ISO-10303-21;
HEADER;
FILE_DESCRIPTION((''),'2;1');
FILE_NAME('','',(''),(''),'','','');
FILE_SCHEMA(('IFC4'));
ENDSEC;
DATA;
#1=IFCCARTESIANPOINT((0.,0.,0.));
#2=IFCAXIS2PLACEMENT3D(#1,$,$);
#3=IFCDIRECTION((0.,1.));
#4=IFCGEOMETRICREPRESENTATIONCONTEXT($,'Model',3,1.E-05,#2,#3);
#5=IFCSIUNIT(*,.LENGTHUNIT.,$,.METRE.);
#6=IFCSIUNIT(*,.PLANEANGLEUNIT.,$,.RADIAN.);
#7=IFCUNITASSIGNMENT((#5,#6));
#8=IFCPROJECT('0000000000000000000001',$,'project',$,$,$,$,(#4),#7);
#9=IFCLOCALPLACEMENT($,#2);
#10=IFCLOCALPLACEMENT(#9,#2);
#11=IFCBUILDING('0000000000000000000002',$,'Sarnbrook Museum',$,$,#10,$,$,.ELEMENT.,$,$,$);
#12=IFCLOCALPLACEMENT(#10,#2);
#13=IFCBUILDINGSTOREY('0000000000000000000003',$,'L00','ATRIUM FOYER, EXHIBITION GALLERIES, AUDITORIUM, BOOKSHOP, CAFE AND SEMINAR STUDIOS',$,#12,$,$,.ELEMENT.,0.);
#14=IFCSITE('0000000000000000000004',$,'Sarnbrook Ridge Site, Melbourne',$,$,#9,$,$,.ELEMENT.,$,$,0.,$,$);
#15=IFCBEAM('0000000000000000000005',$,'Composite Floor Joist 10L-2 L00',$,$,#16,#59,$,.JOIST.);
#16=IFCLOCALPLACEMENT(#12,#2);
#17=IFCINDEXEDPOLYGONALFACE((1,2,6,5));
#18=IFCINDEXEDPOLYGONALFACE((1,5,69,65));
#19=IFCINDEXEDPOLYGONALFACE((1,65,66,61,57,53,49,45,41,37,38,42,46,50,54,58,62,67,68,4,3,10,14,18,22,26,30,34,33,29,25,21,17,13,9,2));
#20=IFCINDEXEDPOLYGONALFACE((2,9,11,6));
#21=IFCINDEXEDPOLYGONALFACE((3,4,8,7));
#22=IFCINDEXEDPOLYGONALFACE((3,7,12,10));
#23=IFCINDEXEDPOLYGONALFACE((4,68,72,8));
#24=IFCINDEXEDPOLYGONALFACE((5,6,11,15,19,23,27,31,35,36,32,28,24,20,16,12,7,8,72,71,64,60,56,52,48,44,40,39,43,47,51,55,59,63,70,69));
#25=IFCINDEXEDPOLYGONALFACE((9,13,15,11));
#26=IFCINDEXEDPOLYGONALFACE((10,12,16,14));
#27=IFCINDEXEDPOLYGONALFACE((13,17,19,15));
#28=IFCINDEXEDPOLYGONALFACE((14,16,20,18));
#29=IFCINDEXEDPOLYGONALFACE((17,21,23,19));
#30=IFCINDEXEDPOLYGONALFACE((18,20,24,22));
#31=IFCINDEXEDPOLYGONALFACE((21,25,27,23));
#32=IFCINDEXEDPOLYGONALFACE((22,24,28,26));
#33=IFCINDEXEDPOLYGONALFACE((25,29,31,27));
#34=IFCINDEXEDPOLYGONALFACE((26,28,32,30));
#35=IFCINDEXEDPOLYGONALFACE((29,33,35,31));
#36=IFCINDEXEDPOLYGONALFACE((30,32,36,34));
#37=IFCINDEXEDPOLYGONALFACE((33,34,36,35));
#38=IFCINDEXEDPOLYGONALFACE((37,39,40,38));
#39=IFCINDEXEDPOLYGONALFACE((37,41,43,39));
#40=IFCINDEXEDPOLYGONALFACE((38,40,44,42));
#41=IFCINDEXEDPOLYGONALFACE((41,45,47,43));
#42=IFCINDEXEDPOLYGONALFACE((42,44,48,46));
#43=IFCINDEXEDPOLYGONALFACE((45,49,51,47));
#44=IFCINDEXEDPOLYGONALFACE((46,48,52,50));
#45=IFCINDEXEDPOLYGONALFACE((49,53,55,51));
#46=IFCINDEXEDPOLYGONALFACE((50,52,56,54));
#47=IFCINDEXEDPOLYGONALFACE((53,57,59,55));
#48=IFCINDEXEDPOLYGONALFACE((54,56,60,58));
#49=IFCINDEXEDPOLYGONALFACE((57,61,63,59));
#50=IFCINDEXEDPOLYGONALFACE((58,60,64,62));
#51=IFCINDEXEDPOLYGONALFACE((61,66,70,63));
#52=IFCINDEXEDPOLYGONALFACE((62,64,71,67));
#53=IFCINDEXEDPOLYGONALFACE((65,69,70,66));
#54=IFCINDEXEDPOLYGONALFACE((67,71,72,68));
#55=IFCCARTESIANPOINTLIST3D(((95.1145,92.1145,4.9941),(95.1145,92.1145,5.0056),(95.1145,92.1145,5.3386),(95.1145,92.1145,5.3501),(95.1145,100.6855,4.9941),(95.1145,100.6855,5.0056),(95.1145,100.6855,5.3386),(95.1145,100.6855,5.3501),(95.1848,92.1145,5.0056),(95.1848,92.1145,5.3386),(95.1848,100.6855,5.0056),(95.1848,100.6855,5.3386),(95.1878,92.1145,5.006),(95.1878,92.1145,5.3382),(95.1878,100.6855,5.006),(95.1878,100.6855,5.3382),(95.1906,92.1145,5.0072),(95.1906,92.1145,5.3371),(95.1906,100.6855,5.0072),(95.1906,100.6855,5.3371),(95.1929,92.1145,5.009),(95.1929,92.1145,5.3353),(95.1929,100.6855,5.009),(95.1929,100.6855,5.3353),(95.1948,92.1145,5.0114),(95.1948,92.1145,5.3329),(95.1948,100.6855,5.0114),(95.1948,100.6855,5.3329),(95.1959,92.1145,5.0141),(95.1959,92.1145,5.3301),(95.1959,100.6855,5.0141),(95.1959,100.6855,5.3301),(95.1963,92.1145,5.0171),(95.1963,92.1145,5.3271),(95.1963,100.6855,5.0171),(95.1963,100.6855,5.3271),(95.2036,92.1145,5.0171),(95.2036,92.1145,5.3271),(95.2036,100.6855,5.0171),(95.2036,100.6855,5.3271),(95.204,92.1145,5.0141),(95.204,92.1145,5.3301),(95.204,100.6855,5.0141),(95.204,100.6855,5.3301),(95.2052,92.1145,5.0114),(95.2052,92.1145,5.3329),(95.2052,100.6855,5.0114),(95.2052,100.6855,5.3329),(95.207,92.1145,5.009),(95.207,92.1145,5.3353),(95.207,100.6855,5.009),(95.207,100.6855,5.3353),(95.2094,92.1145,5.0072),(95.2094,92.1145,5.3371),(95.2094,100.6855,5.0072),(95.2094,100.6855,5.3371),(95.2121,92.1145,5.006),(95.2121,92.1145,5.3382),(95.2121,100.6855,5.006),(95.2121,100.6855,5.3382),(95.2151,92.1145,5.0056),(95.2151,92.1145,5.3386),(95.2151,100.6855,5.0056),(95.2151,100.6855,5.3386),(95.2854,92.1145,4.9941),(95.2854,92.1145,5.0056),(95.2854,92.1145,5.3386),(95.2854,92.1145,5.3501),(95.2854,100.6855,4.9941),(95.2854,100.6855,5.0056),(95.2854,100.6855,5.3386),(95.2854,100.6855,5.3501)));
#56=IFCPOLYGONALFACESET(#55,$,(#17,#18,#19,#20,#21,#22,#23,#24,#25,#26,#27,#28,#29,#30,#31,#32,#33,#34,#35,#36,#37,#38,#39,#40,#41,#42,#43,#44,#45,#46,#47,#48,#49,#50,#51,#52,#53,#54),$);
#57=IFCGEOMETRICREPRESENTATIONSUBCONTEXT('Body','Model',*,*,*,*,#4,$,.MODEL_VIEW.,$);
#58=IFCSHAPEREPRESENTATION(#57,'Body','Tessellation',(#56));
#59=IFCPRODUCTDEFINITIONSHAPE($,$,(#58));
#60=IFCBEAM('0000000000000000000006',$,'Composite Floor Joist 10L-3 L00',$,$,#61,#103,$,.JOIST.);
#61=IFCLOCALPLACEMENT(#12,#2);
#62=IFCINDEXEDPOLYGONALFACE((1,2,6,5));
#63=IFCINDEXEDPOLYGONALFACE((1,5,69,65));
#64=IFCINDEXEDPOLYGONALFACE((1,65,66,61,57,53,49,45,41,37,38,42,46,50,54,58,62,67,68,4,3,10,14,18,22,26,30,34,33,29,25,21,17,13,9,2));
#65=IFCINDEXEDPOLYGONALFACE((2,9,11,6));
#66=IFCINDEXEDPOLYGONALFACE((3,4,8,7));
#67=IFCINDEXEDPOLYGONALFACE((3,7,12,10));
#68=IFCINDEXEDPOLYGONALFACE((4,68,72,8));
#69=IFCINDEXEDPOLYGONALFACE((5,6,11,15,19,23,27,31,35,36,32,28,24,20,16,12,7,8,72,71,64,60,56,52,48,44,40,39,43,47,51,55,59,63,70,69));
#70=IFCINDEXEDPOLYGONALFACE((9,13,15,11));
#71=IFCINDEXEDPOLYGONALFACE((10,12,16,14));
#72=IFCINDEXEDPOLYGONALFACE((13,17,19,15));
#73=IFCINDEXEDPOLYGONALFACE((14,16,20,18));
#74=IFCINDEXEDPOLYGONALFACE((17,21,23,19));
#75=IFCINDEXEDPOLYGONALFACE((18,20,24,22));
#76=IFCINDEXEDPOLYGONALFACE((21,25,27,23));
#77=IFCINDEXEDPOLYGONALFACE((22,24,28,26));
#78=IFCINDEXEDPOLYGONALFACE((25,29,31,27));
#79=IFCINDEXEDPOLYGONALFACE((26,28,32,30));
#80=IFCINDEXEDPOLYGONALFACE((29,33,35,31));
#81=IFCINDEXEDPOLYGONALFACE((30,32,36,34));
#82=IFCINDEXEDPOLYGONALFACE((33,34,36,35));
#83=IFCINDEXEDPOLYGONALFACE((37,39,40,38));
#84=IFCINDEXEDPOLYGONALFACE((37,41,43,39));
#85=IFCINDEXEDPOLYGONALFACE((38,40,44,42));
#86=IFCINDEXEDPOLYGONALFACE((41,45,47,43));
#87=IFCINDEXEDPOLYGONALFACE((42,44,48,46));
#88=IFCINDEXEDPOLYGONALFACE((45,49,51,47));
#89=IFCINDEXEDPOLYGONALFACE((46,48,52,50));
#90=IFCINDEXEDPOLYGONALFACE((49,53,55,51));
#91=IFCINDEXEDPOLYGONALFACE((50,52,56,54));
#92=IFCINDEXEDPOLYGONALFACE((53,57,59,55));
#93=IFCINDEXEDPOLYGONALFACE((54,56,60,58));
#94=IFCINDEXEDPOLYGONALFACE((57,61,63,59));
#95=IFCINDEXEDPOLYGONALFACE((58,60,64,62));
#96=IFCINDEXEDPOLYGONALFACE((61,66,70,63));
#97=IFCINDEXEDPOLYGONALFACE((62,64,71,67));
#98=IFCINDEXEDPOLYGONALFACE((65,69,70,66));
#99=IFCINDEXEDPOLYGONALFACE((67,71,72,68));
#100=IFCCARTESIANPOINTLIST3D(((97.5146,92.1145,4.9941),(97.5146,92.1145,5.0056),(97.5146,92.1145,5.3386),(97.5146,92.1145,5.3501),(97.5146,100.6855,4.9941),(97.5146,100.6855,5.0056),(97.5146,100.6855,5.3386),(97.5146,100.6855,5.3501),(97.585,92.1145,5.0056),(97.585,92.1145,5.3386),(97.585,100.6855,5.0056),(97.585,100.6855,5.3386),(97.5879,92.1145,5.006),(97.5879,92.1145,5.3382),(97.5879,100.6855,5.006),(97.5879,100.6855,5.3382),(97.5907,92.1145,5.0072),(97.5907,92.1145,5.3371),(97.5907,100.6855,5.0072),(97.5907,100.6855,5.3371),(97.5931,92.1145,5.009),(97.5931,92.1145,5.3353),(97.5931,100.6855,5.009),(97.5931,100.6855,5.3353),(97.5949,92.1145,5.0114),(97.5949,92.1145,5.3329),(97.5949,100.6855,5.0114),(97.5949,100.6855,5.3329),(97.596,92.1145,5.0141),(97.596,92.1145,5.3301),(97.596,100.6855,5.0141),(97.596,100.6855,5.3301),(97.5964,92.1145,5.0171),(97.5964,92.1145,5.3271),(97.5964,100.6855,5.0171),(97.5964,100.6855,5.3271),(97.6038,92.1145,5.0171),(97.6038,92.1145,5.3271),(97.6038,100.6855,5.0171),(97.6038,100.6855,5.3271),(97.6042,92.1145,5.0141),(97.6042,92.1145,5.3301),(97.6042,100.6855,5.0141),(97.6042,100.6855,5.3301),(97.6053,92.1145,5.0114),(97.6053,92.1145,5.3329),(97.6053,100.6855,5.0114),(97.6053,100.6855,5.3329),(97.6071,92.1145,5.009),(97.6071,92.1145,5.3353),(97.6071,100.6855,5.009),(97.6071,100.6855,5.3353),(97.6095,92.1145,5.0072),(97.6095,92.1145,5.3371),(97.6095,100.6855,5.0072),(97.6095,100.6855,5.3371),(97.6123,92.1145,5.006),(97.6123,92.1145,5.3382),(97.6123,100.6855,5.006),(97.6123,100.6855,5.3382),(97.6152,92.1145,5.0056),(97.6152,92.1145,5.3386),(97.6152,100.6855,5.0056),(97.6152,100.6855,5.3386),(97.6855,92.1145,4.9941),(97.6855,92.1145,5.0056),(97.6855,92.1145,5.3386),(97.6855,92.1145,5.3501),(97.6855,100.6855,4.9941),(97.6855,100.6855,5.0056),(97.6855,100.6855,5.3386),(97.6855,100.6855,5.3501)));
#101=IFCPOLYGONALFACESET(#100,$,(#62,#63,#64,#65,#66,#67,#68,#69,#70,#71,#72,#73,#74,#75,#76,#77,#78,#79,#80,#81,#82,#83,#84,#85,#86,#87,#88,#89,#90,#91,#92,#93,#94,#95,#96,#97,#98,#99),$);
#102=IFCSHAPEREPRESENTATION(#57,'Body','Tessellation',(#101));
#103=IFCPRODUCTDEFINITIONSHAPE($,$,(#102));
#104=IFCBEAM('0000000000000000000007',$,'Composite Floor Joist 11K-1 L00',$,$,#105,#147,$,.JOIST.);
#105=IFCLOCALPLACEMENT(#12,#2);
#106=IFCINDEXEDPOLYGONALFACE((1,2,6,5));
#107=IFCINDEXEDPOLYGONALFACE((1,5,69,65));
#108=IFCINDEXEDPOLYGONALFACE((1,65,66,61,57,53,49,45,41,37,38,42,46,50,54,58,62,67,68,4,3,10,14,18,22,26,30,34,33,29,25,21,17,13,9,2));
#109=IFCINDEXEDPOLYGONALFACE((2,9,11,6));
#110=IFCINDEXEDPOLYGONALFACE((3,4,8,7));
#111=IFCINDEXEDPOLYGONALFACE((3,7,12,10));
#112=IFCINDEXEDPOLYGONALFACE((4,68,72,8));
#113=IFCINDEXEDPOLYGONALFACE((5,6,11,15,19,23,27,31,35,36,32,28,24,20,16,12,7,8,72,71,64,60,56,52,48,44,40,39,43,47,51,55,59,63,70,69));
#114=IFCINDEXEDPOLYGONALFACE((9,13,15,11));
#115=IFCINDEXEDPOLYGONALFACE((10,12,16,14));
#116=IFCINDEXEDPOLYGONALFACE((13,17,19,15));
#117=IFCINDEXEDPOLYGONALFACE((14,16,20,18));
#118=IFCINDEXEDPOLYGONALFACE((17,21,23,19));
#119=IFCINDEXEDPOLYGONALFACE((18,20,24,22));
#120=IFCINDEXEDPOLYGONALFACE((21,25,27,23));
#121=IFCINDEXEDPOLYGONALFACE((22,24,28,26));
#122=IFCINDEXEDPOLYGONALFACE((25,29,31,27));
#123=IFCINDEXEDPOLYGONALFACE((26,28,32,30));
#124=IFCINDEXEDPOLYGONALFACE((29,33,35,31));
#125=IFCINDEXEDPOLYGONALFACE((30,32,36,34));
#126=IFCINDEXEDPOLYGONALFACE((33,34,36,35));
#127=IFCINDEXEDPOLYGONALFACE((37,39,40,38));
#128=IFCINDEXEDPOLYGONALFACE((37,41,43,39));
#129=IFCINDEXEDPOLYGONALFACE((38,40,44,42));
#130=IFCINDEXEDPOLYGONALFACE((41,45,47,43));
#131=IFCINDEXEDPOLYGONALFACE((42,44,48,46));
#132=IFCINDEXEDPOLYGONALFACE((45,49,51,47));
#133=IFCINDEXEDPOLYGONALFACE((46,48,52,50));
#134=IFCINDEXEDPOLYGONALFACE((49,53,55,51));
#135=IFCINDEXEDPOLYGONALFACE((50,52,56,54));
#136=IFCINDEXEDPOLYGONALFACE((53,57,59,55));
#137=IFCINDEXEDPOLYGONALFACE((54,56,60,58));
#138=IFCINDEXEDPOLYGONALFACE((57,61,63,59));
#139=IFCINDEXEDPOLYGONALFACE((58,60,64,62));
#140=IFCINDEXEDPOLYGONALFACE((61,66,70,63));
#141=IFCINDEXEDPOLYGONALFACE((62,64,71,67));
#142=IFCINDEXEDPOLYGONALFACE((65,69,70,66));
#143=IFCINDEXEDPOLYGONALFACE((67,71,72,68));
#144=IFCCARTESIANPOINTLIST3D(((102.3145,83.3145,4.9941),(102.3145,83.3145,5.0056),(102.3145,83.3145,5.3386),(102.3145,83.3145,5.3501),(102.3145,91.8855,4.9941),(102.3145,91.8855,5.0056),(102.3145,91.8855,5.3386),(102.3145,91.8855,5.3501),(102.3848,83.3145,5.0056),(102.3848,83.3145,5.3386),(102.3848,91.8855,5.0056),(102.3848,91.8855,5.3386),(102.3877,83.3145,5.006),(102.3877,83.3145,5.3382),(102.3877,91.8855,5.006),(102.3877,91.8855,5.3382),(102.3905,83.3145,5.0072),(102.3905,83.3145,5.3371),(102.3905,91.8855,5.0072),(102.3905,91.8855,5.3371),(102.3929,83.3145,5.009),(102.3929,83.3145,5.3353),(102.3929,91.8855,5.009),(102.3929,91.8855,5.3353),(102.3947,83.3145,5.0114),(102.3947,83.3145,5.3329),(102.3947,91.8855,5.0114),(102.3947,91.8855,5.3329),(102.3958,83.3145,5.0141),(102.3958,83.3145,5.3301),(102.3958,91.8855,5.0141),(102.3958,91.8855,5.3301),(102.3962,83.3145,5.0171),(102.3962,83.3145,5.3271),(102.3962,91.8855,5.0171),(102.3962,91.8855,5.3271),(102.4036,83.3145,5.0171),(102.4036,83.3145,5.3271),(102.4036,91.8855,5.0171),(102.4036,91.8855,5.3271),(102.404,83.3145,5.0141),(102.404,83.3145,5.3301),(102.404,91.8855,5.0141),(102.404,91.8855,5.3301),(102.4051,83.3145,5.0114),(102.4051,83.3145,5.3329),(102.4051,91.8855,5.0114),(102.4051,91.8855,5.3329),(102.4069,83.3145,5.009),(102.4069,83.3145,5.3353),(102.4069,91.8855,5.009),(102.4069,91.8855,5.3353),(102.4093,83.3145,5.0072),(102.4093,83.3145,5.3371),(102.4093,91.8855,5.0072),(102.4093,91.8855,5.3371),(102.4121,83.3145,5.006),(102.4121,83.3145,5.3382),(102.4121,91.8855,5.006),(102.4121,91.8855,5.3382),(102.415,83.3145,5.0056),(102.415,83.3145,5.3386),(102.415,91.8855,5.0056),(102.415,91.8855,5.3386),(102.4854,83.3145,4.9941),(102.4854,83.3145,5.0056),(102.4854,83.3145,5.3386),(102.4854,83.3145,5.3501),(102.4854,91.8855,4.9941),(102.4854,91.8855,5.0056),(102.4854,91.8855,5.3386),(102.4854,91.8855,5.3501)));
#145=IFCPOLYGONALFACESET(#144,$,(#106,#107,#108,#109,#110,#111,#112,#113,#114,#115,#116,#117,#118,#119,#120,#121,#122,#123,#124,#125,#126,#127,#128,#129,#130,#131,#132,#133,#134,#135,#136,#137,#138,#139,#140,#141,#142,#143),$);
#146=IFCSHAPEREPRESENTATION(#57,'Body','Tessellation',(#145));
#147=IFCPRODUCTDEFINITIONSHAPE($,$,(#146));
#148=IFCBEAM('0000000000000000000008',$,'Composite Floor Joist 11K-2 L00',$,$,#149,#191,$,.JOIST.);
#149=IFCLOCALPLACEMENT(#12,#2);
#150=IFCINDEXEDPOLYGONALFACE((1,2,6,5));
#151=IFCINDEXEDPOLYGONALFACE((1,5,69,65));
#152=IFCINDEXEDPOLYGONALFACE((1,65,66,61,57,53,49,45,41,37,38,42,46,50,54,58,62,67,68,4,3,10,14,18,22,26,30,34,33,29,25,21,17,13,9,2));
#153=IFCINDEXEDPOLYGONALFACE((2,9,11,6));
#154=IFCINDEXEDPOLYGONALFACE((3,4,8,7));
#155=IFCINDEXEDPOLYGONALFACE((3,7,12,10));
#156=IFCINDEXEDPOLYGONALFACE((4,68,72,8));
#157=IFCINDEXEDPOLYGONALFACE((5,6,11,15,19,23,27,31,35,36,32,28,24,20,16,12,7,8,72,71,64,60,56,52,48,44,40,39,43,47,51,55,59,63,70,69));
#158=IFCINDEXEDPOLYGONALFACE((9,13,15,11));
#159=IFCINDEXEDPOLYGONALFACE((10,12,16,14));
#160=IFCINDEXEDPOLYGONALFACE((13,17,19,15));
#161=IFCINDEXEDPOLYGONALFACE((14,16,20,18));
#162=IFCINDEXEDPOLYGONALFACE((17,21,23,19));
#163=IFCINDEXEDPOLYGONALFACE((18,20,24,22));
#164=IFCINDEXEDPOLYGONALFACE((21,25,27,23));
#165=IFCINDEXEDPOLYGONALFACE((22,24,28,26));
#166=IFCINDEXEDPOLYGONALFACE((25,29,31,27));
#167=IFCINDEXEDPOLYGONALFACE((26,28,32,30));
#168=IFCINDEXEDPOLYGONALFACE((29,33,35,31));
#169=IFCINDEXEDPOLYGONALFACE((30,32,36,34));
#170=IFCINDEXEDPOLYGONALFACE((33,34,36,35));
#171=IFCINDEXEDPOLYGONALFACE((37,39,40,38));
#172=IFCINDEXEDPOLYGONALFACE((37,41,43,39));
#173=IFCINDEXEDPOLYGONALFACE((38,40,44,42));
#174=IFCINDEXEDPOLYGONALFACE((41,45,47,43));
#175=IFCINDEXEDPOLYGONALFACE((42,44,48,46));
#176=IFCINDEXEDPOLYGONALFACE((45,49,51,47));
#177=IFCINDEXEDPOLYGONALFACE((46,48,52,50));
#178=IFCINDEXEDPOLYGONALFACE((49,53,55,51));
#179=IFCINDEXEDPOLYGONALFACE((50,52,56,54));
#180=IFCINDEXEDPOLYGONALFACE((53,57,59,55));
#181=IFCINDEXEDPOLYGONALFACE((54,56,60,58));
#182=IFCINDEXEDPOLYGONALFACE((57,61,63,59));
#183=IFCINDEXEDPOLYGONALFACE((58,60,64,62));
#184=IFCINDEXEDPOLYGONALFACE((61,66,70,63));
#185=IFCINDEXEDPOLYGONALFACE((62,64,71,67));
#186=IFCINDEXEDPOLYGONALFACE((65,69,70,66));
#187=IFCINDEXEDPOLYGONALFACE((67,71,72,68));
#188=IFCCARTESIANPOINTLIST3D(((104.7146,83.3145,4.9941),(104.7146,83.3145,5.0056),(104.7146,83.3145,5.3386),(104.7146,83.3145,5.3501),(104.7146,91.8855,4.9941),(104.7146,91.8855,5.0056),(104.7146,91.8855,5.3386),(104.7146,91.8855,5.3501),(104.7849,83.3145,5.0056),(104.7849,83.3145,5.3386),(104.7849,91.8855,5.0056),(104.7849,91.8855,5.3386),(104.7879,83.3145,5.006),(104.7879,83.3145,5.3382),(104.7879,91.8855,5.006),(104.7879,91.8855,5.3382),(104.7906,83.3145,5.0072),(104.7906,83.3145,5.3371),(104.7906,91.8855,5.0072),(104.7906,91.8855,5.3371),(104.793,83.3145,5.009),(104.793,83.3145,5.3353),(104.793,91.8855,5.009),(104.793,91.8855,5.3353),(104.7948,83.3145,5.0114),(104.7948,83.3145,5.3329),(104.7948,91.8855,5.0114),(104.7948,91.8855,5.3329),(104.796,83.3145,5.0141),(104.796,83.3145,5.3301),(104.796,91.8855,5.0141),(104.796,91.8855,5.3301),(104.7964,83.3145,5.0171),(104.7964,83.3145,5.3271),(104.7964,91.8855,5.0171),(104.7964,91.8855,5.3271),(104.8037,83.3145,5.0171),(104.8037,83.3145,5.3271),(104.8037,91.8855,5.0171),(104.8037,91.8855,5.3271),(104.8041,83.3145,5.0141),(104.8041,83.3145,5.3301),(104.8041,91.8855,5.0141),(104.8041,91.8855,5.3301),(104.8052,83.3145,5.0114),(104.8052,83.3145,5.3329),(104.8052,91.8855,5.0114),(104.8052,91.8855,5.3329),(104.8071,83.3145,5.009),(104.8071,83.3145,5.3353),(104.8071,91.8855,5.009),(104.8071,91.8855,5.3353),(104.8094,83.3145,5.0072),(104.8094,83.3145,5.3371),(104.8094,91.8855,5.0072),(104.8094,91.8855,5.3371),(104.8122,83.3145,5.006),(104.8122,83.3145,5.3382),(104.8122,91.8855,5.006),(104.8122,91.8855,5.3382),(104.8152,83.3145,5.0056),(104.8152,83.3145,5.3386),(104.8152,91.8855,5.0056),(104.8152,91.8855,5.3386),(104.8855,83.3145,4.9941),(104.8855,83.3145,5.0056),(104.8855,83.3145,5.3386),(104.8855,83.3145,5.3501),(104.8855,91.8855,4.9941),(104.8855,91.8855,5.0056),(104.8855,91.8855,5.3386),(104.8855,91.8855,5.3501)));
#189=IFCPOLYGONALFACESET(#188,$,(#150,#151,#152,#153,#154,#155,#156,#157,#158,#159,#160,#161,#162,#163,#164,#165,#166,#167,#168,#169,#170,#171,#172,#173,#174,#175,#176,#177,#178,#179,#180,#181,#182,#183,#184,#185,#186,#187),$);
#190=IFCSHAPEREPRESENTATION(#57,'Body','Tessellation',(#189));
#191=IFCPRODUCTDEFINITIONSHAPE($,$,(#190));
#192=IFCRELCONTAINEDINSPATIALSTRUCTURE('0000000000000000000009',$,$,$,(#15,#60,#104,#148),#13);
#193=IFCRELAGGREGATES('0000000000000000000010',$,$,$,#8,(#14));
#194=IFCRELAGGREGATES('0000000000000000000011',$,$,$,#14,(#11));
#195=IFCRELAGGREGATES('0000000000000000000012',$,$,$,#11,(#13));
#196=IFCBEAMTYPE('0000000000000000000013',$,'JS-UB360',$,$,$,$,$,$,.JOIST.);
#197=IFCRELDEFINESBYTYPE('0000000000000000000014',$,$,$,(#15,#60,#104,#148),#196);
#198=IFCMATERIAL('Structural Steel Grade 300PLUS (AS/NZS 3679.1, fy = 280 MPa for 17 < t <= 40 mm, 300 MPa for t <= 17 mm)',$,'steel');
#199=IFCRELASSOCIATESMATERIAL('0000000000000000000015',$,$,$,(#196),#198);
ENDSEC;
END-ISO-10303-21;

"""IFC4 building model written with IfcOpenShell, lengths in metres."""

from ifc_helpers import new_model, si_unit, direction, frame, origin, origin_2d, place, context, subcontext, project, spatial, i_section, extrude, material, material_profile, profile_set, type_object, element, save


model = new_model("IFC4")

# Units and contexts
model_context = context("Model", 3, precision=1e-05, world=origin(), true_north=direction((0.0, 1.0)))
body_context = subcontext(model_context, "Body", "Model", "MODEL_VIEW")
ifc_project = project(units=[si_unit("LENGTHUNIT", "METRE"), si_unit("PLANEANGLEUNIT", "RADIAN")], contexts=[model_context])

# Site, building, storey
site_placement = place(None, origin())
site = spatial("IfcSite", under=ifc_project, at=site_placement, Name="Sarnbrook Ridge Site, Melbourne", CompositionType="ELEMENT", RefElevation=0.0)
building_placement = place(site_placement, origin())
building = spatial("IfcBuilding", under=site, at=building_placement, Name="Sarnbrook Museum", CompositionType="ELEMENT")
storey_placement = place(building_placement, origin())
storey = spatial("IfcBuildingStorey", under=building, at=storey_placement, Name="L00", Description="ATRIUM FOYER, EXHIBITION GALLERIES, AUDITORIUM, BOOKSHOP, CAFE AND SEMINAR STUDIOS", CompositionType="ELEMENT", Elevation=0.0)

# Beams
ifc_material_1 = material(Name="Structural Steel Grade 300PLUS (AS/NZS 3679.1, fy = 280 MPa for 17 < t <= 40 mm, 300 MPa for t <= 17 mm)", Category="steel")
ifc_material_profile_1 = material_profile(ifc_material_1, i_section(OverallWidth=0.1709, OverallDepth=0.356, WebThickness=0.0073, FlangeThickness=0.0115, FilletRadius=0.0115, at=origin_2d()), Name="360UB50.7")
ifc_profile_set_1 = profile_set([ifc_material_profile_1], Name="Structural Steel Grade 300PLUS (AS/NZS 3679.1, fy = 280 MPa for 17 < t <= 40 mm, 300 MPa for t <= 17 mm)")
beam_type_1 = type_object("IfcBeamType", Name="JS-UB360", PredefinedType="JOIST", material=ifc_profile_set_1)
for number, where, z_axis, x_axis, name in (
    (1, (95.2, 92.1145, 5.1721), (0.0, 1.0, 0.0), (-1.0, 0.0, 0.0), "Composite Floor Joist 10L-2 L00"),
    (2, (97.6001, 92.1145, 5.1721), (0.0, 1.0, 0.0), (-1.0, 0.0, 0.0), "Composite Floor Joist 10L-3 L00"),
    (3, (102.3999, 83.3145, 5.1721), (0.0, 1.0, 0.0), (-1.0, 0.0, 0.0), "Composite Floor Joist 11K-1 L00"),
    (4, (104.8, 83.3145, 5.1721), (0.0, 1.0, 0.0), (-1.0, 0.0, 0.0), "Composite Floor Joist 11K-2 L00"),
):
    element("IfcBeam", number, at=place(storey_placement, frame(where, z_axis=z_axis, x_axis=x_axis)), inside=storey, type_object=beam_type_1, Name=name, PredefinedType="JOIST", context=body_context, shape_type="SweptSolid", body=[
        extrude(i_section(OverallWidth=0.1709, OverallDepth=0.356, WebThickness=0.0073, FlangeThickness=0.0115, FilletRadius=0.0115, at=origin_2d()), origin(), (0.0, 0.0, 1.0), 8.571),
    ])

save(model, "model.ifc")
